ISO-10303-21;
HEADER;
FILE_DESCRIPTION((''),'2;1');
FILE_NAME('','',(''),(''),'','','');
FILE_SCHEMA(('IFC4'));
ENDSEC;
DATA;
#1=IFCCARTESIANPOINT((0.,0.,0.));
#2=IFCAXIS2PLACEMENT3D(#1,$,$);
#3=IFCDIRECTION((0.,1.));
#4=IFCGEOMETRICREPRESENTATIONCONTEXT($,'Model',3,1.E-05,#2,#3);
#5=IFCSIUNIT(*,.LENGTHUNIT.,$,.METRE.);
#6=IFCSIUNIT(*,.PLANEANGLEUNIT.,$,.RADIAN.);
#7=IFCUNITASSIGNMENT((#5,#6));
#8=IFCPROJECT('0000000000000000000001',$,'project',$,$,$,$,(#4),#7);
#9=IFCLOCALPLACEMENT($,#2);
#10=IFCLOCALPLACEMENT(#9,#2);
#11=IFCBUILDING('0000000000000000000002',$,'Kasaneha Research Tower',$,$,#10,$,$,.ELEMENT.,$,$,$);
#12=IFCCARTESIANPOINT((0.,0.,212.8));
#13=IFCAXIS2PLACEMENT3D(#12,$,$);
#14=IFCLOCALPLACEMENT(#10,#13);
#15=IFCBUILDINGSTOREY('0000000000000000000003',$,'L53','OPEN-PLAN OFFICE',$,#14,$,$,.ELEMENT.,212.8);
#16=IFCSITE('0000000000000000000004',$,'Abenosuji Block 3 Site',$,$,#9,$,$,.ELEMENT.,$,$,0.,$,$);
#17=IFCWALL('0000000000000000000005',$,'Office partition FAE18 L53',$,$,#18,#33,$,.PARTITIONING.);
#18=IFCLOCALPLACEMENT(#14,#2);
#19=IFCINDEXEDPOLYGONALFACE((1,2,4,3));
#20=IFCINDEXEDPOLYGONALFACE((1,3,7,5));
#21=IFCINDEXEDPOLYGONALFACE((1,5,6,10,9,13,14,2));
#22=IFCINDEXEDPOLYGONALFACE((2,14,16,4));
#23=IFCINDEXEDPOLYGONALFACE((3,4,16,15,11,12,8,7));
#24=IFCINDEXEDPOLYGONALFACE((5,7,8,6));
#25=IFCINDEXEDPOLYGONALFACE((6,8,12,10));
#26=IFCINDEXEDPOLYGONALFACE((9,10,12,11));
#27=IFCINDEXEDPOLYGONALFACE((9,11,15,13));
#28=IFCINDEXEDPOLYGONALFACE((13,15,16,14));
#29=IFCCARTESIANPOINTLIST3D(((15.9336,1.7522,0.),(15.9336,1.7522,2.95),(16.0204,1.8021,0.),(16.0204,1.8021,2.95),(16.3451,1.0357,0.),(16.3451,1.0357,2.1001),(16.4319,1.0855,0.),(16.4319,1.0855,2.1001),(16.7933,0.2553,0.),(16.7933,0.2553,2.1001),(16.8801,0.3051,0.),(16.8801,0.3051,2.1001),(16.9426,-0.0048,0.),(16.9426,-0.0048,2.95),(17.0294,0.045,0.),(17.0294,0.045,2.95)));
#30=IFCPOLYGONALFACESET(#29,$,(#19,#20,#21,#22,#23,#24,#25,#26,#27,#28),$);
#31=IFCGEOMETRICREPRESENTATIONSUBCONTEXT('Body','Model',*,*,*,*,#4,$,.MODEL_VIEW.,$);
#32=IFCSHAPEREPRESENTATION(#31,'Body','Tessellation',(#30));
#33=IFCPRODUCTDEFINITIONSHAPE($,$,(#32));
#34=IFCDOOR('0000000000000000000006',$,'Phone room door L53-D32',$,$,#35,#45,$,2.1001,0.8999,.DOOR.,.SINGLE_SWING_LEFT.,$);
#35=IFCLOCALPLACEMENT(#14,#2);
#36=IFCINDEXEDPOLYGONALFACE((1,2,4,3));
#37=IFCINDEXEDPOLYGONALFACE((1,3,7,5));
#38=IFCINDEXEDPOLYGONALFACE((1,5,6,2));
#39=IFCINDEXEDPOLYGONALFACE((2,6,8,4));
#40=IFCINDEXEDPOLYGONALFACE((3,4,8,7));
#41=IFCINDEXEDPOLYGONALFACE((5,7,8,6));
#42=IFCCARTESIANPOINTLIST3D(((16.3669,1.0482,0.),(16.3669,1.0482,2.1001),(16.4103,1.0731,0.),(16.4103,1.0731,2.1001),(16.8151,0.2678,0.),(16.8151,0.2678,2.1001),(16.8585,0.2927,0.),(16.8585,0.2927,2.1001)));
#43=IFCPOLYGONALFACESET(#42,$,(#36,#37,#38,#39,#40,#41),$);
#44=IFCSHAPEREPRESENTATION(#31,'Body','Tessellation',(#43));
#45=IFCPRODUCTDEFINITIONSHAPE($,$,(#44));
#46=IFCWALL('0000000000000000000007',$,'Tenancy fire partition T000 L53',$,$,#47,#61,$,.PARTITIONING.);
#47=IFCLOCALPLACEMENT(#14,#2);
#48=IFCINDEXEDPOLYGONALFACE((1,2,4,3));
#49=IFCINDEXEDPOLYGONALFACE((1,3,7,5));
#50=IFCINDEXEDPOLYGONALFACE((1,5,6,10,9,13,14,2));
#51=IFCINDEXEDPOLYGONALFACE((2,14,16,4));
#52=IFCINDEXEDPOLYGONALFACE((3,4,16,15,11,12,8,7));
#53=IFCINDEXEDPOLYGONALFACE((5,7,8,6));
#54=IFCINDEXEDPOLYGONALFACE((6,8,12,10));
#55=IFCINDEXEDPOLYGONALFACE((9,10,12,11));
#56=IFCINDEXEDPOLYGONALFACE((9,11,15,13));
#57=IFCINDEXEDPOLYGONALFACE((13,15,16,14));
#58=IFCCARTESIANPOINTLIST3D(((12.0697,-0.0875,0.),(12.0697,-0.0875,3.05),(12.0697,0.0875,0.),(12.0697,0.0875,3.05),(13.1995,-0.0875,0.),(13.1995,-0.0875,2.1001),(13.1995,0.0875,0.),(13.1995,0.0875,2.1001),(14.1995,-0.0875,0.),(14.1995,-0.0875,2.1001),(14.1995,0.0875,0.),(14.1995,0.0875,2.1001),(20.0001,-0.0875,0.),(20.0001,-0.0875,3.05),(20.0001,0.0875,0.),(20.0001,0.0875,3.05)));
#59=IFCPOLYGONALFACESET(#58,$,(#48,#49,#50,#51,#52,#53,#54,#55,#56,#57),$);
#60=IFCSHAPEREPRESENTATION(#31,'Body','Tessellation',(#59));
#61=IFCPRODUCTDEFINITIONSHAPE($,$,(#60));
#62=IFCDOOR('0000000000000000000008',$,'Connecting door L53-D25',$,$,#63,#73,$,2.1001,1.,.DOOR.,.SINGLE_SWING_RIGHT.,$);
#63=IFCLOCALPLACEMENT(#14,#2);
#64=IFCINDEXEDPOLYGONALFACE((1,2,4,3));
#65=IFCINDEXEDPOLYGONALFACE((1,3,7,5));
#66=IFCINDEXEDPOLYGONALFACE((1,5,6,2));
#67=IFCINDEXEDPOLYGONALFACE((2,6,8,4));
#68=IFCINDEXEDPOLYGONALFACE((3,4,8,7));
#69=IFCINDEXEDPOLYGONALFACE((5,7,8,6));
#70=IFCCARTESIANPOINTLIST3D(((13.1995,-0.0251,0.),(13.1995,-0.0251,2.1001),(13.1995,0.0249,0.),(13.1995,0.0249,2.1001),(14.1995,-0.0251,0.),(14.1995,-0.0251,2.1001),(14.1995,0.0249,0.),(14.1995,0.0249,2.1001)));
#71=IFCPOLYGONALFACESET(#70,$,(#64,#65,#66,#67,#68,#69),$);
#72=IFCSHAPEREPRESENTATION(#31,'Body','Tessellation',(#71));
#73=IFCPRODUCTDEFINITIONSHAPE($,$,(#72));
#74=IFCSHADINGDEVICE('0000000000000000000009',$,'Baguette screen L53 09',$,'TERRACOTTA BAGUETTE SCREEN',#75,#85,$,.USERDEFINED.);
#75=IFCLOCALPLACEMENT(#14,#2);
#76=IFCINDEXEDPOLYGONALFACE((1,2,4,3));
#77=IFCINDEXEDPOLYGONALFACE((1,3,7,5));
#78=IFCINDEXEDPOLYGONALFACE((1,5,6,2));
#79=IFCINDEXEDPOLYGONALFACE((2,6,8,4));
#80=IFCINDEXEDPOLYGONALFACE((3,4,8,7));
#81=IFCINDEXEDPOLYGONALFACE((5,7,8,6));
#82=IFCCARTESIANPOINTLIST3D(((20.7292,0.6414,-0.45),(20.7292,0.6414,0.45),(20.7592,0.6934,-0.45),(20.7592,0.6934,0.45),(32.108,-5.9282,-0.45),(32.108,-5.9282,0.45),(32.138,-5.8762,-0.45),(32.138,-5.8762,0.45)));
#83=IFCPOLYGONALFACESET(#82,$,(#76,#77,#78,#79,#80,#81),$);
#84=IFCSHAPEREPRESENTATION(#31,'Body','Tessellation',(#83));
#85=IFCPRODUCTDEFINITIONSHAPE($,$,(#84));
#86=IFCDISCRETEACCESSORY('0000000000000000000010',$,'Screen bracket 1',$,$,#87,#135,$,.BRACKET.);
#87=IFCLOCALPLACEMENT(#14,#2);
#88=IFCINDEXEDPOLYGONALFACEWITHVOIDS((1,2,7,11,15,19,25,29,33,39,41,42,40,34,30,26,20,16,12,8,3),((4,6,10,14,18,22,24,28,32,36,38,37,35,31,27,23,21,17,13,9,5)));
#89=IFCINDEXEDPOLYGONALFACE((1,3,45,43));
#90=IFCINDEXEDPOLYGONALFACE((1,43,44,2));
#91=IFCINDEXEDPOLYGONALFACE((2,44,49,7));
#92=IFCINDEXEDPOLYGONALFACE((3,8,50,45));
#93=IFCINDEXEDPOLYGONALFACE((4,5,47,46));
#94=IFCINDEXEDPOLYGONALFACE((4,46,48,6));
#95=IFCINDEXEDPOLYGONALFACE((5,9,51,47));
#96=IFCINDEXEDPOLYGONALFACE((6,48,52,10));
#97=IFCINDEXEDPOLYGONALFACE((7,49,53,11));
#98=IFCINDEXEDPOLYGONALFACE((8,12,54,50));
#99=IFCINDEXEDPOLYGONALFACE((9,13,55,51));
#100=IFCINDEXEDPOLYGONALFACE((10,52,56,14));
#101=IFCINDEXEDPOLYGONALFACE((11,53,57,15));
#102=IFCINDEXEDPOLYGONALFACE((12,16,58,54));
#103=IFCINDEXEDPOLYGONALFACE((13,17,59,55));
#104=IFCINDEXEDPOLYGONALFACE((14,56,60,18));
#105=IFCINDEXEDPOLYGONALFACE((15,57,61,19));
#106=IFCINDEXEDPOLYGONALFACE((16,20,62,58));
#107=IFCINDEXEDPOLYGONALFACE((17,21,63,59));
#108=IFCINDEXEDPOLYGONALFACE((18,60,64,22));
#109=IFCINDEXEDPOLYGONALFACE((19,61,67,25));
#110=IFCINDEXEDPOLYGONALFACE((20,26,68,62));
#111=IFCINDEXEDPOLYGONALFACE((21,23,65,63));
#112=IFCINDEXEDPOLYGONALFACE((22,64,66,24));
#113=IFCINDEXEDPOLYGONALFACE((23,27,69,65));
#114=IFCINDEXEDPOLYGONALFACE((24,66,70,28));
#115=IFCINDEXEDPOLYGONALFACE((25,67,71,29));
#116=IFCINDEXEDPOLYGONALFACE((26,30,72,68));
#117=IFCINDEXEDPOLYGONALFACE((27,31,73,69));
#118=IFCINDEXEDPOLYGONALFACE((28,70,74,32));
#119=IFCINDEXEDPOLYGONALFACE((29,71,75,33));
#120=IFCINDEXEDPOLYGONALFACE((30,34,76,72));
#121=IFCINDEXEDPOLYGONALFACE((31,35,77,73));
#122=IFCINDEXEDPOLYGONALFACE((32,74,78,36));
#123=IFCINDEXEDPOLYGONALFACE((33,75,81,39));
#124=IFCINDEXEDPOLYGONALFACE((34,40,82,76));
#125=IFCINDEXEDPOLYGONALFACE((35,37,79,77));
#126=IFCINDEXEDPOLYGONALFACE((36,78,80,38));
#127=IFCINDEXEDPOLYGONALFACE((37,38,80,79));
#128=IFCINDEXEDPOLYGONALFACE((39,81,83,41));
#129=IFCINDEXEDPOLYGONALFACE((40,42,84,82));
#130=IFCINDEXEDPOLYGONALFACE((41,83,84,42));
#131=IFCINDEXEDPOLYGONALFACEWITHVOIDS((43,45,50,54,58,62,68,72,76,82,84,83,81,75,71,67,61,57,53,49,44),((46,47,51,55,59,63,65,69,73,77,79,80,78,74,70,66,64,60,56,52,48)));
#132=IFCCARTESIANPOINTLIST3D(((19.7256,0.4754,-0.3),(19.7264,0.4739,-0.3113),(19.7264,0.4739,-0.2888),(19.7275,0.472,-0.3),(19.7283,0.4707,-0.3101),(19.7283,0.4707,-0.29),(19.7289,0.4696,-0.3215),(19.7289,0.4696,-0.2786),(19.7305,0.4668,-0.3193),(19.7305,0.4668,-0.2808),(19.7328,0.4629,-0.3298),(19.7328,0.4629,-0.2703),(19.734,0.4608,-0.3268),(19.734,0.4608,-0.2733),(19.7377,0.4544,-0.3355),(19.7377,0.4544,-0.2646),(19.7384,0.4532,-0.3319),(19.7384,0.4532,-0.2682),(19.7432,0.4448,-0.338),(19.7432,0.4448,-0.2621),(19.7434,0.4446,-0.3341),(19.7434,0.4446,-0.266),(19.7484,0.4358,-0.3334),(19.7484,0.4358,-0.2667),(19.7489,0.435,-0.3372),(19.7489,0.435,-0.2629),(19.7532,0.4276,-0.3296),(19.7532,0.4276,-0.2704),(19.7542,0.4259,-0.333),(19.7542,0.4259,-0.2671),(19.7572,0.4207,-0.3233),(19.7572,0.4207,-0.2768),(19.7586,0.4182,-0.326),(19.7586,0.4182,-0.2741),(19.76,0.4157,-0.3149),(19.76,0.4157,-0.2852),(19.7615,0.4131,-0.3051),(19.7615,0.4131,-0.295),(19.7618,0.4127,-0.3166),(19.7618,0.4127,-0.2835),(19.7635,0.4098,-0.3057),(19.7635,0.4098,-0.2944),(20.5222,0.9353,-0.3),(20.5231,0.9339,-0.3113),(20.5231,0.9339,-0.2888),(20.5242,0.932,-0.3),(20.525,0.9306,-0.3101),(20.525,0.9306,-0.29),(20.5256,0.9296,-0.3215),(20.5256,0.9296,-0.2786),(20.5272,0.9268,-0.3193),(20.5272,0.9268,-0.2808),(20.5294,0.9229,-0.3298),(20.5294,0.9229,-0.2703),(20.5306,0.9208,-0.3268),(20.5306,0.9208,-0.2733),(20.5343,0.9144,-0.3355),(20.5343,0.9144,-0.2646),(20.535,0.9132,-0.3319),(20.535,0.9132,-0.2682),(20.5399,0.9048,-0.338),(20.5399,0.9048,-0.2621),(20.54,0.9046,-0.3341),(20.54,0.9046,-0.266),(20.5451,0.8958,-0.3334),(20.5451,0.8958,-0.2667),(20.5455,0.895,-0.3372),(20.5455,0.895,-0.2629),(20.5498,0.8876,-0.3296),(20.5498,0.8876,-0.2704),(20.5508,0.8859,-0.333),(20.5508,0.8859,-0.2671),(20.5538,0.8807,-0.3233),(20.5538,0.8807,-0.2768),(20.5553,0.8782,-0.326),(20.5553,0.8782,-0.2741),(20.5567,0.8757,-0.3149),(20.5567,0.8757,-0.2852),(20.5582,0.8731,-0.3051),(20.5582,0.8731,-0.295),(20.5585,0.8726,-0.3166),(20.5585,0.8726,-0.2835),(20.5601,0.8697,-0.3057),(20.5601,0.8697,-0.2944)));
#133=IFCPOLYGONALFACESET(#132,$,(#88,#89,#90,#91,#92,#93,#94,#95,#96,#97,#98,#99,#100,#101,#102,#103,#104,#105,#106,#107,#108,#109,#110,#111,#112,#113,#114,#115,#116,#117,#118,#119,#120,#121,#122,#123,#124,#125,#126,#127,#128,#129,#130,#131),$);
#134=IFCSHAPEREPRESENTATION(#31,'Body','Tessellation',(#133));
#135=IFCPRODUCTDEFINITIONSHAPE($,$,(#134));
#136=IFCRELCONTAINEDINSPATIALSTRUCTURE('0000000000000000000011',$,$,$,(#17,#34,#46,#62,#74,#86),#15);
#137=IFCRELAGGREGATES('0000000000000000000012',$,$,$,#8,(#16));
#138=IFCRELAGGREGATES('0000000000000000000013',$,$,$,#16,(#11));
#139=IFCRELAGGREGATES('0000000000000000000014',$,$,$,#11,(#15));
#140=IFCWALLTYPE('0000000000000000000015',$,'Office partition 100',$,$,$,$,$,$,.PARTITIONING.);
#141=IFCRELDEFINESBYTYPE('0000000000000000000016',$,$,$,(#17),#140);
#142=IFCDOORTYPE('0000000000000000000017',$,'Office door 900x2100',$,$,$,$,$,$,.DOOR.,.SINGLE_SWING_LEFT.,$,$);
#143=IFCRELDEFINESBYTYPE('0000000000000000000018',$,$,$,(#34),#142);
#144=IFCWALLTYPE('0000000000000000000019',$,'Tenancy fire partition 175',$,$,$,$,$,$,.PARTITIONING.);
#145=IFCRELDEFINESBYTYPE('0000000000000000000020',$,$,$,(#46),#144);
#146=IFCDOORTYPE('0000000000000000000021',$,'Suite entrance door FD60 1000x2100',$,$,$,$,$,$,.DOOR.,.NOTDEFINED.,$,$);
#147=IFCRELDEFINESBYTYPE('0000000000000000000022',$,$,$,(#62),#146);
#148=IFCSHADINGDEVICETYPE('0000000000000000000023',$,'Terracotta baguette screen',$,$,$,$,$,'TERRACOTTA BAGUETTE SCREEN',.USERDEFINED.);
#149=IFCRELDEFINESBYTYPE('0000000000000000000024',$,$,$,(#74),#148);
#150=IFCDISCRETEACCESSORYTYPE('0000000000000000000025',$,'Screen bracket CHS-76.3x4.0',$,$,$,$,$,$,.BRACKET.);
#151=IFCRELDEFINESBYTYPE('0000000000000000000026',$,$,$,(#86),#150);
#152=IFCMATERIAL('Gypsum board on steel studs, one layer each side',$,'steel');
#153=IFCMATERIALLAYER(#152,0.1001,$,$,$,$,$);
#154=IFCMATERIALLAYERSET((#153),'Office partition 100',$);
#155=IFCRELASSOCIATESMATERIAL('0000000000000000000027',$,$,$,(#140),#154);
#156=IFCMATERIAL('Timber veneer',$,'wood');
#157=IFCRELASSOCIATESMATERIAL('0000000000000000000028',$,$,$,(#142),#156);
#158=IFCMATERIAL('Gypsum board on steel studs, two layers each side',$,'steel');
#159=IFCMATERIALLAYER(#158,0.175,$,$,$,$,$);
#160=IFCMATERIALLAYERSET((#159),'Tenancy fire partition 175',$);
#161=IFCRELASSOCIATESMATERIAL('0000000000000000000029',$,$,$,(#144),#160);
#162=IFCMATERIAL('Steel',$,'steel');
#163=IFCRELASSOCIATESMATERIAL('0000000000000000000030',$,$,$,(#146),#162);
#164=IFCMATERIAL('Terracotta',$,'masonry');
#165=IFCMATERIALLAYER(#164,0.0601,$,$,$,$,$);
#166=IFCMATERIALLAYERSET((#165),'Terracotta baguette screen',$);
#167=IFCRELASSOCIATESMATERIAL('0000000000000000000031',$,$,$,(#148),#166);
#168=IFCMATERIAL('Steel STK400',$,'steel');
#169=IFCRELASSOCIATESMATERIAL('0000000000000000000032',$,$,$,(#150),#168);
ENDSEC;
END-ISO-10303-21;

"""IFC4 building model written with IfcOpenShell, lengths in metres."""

from ifc_helpers import new_model, si_unit, direction, frame, frame_2d, origin, origin_2d, place, context, subcontext, project, spatial, rectangle, hollow_circle, extrude, material, layer, layer_set, material_profile, profile_set, type_object, element, fill, save


model = new_model("IFC4")

# Units and contexts
model_context = context("Model", 3, precision=1e-05, world=origin(), true_north=direction((0.0, 1.0)))
body_context = subcontext(model_context, "Body", "Model", "MODEL_VIEW")
ifc_project = project(units=[si_unit("LENGTHUNIT", "METRE"), si_unit("PLANEANGLEUNIT", "RADIAN")], contexts=[model_context])

# Site, building, storey
site_placement = place(None, origin())
site = spatial("IfcSite", under=ifc_project, at=site_placement, Name="Abenosuji Block 3 Site", CompositionType="ELEMENT", RefElevation=0.0)
building_placement = place(site_placement, origin())
building = spatial("IfcBuilding", under=site, at=building_placement, Name="Kasaneha Research Tower", CompositionType="ELEMENT")
storey_placement = place(building_placement, frame((0.0, 0.0, 212.8)))
storey = spatial("IfcBuildingStorey", under=building, at=storey_placement, Name="L53", Description="OPEN-PLAN OFFICE", CompositionType="ELEMENT", Elevation=212.8)

# Walls, openings, doors
ifc_material_1 = material(Name="Gypsum board on steel studs, one layer each side", Category="steel")
ifc_layer_1 = layer(ifc_material_1, 0.1001)
ifc_layer_set_1 = layer_set([ifc_layer_1], Name="Office partition 100")
wall_type_1 = type_object("IfcWallType", Name="Office partition 100", PredefinedType="PARTITIONING", material=ifc_layer_set_1)
wall_1_placement = place(storey_placement, frame((16.9861, 0.02, 0.0), z_axis=(0.0, 0.0, 1.0), x_axis=(-0.497993, 0.867181, 0.0)))
wall_1 = element("IfcWall", 1, at=wall_1_placement, inside=storey, type_object=wall_type_1, Name="Office partition FAE18 L53", PredefinedType="PARTITIONING", context=body_context, shape_type="SweptSolid", body=[
    extrude(rectangle(XDim=2.0261, YDim=0.1001, at=frame_2d((1.0132, 0.0))), origin(), (0.0, 0.0, 1.0), 2.95),
])
opening_1_placement = place(wall_1_placement, frame((0.3, 0.0, 0.0)))
opening_1 = element("IfcOpeningElement", 2, at=opening_1_placement, cuts=wall_1, PredefinedType="OPENING", context=body_context, shape_type="SweptSolid", body=[
    extrude(rectangle(XDim=0.8999, YDim=2.1001, at=frame_2d((0.45, 1.05))), frame((0.0, 0.0601, 0.0), z_axis=(0.0, -1.0, 0.0), x_axis=(1.0, 0.0, 0.0)), (0.0, 0.0, 1.0), 0.1201),
])
ifc_material_2 = material(Name="Timber veneer", Category="wood")
door_type_1 = type_object("IfcDoorType", Name="Office door 900x2100", OperationType="SINGLE_SWING_LEFT", PredefinedType="DOOR", material=ifc_material_2)
door_1_placement = place(opening_1_placement, origin())
door_1 = element("IfcDoor", 3, at=door_1_placement, inside=storey, type_object=door_type_1, Name="Phone room door L53-D32", OperationType="SINGLE_SWING_LEFT", OverallHeight=2.1001, OverallWidth=0.8999, PredefinedType="DOOR", context=body_context, shape_type="SweptSolid", body=[
    extrude(rectangle(XDim=0.8999, YDim=2.1001, at=frame_2d((0.45, 1.05))), frame((0.0, 0.0249, 0.0), z_axis=(0.0, -1.0, 0.0), x_axis=(1.0, 0.0, 0.0)), (0.0, 0.0, 1.0), 0.05),
])
fill(opening_1, door_1)
ifc_material_3 = material(Name="Gypsum board on steel studs, two layers each side", Category="steel")
ifc_layer_2 = layer(ifc_material_3, 0.175)
ifc_layer_set_2 = layer_set([ifc_layer_2], Name="Tenancy fire partition 175")
wall_type_2 = type_object("IfcWallType", Name="Tenancy fire partition 175", PredefinedType="PARTITIONING", material=ifc_layer_set_2)
wall_2_placement = place(storey_placement, frame((12.0696, 0.0, 0.0), z_axis=(0.0, 0.0, 1.0), x_axis=(1.0, 0.0, 0.0)))
wall_2 = element("IfcWall", 4, at=wall_2_placement, inside=storey, type_object=wall_type_2, Name="Tenancy fire partition T000 L53", PredefinedType="PARTITIONING", context=body_context, shape_type="SweptSolid", body=[
    extrude(rectangle(XDim=7.9304, YDim=0.175, at=frame_2d((3.9653, 0.0))), origin(), (0.0, 0.0, 1.0), 3.05),
])
opening_2_placement = place(wall_2_placement, frame((1.1299, 0.0, 0.0)))
opening_2 = element("IfcOpeningElement", 5, at=opening_2_placement, cuts=wall_2, PredefinedType="OPENING", context=body_context, shape_type="SweptSolid", body=[
    extrude(rectangle(XDim=1.0, YDim=2.1001, at=frame_2d((0.5, 1.05))), frame((0.0, 0.0977, 0.0), z_axis=(0.0, -1.0, 0.0), x_axis=(1.0, 0.0, 0.0)), (0.0, 0.0, 1.0), 0.1951),
])
ifc_material_4 = material(Name="Steel", Category="steel")
door_type_2 = type_object("IfcDoorType", Name="Suite entrance door FD60 1000x2100", OperationType="NOTDEFINED", PredefinedType="DOOR", material=ifc_material_4)
door_2_placement = place(opening_2_placement, origin())
door_2 = element("IfcDoor", 6, at=door_2_placement, inside=storey, type_object=door_type_2, Name="Connecting door L53-D25", OperationType="SINGLE_SWING_RIGHT", OverallHeight=2.1001, OverallWidth=1.0, PredefinedType="DOOR", context=body_context, shape_type="SweptSolid", body=[
    extrude(rectangle(XDim=1.0, YDim=2.1001, at=frame_2d((0.5, 1.05))), frame((0.0, 0.0249, 0.0), z_axis=(0.0, -1.0, 0.0), x_axis=(1.0, 0.0, 0.0)), (0.0, 0.0, 1.0), 0.05),
])
fill(opening_2, door_2)

# Shading device
ifc_material_5 = material(Name="Terracotta", Category="masonry")
ifc_layer_3 = layer(ifc_material_5, 0.0601)
ifc_layer_set_3 = layer_set([ifc_layer_3], Name="Terracotta baguette screen")
shading_device_type = type_object("IfcShadingDeviceType", Name="Terracotta baguette screen", ElementType="TERRACOTTA BAGUETTE SCREEN", PredefinedType="USERDEFINED", material=ifc_layer_set_3)
shading_device_placement = place(storey_placement, frame((26.4336, -2.6174, -0.45), z_axis=(0.0, 0.0, 1.0), x_axis=(-0.866025, 0.5, 0.0)))
element("IfcShadingDevice", 7, at=shading_device_placement, inside=storey, type_object=shading_device_type, Name="Baguette screen L53 09", ObjectType="TERRACOTTA BAGUETTE SCREEN", PredefinedType="USERDEFINED", context=body_context, shape_type="SweptSolid", body=[
    extrude(rectangle(XDim=13.1392, YDim=0.0601, at=origin_2d()), origin(), (0.0, 0.0, 1.0), 0.8999),
])

# Discrete accessory
ifc_material_6 = material(Name="Steel STK400", Category="steel")
ifc_material_profile_1 = material_profile(ifc_material_6, hollow_circle(Radius=0.0381, WallThickness=0.0039, at=origin_2d()), Name="CHS-76.3x4.0")
ifc_profile_set_1 = profile_set([ifc_material_profile_1], Name="Steel STK400")
discrete_accessory_type = type_object("IfcDiscreteAccessoryType", Name="Screen bracket CHS-76.3x4.0", PredefinedType="BRACKET", material=ifc_profile_set_1)
discrete_accessory_1_placement = place(storey_placement, frame((19.7446, 0.4424, -0.3), z_axis=(0.866013, 0.500021, 0.0), x_axis=(-0.500021, 0.866013, 0.0)))
element("IfcDiscreteAccessory", 8, at=discrete_accessory_1_placement, inside=storey, type_object=discrete_accessory_type, Name="Screen bracket 1", PredefinedType="BRACKET", context=body_context, shape_type="SweptSolid", body=[
    extrude(hollow_circle(Radius=0.0381, WallThickness=0.0039, at=origin_2d()), origin(), (0.0, 0.0, 1.0), 0.9199),
])

save(model, "model.ifc")
